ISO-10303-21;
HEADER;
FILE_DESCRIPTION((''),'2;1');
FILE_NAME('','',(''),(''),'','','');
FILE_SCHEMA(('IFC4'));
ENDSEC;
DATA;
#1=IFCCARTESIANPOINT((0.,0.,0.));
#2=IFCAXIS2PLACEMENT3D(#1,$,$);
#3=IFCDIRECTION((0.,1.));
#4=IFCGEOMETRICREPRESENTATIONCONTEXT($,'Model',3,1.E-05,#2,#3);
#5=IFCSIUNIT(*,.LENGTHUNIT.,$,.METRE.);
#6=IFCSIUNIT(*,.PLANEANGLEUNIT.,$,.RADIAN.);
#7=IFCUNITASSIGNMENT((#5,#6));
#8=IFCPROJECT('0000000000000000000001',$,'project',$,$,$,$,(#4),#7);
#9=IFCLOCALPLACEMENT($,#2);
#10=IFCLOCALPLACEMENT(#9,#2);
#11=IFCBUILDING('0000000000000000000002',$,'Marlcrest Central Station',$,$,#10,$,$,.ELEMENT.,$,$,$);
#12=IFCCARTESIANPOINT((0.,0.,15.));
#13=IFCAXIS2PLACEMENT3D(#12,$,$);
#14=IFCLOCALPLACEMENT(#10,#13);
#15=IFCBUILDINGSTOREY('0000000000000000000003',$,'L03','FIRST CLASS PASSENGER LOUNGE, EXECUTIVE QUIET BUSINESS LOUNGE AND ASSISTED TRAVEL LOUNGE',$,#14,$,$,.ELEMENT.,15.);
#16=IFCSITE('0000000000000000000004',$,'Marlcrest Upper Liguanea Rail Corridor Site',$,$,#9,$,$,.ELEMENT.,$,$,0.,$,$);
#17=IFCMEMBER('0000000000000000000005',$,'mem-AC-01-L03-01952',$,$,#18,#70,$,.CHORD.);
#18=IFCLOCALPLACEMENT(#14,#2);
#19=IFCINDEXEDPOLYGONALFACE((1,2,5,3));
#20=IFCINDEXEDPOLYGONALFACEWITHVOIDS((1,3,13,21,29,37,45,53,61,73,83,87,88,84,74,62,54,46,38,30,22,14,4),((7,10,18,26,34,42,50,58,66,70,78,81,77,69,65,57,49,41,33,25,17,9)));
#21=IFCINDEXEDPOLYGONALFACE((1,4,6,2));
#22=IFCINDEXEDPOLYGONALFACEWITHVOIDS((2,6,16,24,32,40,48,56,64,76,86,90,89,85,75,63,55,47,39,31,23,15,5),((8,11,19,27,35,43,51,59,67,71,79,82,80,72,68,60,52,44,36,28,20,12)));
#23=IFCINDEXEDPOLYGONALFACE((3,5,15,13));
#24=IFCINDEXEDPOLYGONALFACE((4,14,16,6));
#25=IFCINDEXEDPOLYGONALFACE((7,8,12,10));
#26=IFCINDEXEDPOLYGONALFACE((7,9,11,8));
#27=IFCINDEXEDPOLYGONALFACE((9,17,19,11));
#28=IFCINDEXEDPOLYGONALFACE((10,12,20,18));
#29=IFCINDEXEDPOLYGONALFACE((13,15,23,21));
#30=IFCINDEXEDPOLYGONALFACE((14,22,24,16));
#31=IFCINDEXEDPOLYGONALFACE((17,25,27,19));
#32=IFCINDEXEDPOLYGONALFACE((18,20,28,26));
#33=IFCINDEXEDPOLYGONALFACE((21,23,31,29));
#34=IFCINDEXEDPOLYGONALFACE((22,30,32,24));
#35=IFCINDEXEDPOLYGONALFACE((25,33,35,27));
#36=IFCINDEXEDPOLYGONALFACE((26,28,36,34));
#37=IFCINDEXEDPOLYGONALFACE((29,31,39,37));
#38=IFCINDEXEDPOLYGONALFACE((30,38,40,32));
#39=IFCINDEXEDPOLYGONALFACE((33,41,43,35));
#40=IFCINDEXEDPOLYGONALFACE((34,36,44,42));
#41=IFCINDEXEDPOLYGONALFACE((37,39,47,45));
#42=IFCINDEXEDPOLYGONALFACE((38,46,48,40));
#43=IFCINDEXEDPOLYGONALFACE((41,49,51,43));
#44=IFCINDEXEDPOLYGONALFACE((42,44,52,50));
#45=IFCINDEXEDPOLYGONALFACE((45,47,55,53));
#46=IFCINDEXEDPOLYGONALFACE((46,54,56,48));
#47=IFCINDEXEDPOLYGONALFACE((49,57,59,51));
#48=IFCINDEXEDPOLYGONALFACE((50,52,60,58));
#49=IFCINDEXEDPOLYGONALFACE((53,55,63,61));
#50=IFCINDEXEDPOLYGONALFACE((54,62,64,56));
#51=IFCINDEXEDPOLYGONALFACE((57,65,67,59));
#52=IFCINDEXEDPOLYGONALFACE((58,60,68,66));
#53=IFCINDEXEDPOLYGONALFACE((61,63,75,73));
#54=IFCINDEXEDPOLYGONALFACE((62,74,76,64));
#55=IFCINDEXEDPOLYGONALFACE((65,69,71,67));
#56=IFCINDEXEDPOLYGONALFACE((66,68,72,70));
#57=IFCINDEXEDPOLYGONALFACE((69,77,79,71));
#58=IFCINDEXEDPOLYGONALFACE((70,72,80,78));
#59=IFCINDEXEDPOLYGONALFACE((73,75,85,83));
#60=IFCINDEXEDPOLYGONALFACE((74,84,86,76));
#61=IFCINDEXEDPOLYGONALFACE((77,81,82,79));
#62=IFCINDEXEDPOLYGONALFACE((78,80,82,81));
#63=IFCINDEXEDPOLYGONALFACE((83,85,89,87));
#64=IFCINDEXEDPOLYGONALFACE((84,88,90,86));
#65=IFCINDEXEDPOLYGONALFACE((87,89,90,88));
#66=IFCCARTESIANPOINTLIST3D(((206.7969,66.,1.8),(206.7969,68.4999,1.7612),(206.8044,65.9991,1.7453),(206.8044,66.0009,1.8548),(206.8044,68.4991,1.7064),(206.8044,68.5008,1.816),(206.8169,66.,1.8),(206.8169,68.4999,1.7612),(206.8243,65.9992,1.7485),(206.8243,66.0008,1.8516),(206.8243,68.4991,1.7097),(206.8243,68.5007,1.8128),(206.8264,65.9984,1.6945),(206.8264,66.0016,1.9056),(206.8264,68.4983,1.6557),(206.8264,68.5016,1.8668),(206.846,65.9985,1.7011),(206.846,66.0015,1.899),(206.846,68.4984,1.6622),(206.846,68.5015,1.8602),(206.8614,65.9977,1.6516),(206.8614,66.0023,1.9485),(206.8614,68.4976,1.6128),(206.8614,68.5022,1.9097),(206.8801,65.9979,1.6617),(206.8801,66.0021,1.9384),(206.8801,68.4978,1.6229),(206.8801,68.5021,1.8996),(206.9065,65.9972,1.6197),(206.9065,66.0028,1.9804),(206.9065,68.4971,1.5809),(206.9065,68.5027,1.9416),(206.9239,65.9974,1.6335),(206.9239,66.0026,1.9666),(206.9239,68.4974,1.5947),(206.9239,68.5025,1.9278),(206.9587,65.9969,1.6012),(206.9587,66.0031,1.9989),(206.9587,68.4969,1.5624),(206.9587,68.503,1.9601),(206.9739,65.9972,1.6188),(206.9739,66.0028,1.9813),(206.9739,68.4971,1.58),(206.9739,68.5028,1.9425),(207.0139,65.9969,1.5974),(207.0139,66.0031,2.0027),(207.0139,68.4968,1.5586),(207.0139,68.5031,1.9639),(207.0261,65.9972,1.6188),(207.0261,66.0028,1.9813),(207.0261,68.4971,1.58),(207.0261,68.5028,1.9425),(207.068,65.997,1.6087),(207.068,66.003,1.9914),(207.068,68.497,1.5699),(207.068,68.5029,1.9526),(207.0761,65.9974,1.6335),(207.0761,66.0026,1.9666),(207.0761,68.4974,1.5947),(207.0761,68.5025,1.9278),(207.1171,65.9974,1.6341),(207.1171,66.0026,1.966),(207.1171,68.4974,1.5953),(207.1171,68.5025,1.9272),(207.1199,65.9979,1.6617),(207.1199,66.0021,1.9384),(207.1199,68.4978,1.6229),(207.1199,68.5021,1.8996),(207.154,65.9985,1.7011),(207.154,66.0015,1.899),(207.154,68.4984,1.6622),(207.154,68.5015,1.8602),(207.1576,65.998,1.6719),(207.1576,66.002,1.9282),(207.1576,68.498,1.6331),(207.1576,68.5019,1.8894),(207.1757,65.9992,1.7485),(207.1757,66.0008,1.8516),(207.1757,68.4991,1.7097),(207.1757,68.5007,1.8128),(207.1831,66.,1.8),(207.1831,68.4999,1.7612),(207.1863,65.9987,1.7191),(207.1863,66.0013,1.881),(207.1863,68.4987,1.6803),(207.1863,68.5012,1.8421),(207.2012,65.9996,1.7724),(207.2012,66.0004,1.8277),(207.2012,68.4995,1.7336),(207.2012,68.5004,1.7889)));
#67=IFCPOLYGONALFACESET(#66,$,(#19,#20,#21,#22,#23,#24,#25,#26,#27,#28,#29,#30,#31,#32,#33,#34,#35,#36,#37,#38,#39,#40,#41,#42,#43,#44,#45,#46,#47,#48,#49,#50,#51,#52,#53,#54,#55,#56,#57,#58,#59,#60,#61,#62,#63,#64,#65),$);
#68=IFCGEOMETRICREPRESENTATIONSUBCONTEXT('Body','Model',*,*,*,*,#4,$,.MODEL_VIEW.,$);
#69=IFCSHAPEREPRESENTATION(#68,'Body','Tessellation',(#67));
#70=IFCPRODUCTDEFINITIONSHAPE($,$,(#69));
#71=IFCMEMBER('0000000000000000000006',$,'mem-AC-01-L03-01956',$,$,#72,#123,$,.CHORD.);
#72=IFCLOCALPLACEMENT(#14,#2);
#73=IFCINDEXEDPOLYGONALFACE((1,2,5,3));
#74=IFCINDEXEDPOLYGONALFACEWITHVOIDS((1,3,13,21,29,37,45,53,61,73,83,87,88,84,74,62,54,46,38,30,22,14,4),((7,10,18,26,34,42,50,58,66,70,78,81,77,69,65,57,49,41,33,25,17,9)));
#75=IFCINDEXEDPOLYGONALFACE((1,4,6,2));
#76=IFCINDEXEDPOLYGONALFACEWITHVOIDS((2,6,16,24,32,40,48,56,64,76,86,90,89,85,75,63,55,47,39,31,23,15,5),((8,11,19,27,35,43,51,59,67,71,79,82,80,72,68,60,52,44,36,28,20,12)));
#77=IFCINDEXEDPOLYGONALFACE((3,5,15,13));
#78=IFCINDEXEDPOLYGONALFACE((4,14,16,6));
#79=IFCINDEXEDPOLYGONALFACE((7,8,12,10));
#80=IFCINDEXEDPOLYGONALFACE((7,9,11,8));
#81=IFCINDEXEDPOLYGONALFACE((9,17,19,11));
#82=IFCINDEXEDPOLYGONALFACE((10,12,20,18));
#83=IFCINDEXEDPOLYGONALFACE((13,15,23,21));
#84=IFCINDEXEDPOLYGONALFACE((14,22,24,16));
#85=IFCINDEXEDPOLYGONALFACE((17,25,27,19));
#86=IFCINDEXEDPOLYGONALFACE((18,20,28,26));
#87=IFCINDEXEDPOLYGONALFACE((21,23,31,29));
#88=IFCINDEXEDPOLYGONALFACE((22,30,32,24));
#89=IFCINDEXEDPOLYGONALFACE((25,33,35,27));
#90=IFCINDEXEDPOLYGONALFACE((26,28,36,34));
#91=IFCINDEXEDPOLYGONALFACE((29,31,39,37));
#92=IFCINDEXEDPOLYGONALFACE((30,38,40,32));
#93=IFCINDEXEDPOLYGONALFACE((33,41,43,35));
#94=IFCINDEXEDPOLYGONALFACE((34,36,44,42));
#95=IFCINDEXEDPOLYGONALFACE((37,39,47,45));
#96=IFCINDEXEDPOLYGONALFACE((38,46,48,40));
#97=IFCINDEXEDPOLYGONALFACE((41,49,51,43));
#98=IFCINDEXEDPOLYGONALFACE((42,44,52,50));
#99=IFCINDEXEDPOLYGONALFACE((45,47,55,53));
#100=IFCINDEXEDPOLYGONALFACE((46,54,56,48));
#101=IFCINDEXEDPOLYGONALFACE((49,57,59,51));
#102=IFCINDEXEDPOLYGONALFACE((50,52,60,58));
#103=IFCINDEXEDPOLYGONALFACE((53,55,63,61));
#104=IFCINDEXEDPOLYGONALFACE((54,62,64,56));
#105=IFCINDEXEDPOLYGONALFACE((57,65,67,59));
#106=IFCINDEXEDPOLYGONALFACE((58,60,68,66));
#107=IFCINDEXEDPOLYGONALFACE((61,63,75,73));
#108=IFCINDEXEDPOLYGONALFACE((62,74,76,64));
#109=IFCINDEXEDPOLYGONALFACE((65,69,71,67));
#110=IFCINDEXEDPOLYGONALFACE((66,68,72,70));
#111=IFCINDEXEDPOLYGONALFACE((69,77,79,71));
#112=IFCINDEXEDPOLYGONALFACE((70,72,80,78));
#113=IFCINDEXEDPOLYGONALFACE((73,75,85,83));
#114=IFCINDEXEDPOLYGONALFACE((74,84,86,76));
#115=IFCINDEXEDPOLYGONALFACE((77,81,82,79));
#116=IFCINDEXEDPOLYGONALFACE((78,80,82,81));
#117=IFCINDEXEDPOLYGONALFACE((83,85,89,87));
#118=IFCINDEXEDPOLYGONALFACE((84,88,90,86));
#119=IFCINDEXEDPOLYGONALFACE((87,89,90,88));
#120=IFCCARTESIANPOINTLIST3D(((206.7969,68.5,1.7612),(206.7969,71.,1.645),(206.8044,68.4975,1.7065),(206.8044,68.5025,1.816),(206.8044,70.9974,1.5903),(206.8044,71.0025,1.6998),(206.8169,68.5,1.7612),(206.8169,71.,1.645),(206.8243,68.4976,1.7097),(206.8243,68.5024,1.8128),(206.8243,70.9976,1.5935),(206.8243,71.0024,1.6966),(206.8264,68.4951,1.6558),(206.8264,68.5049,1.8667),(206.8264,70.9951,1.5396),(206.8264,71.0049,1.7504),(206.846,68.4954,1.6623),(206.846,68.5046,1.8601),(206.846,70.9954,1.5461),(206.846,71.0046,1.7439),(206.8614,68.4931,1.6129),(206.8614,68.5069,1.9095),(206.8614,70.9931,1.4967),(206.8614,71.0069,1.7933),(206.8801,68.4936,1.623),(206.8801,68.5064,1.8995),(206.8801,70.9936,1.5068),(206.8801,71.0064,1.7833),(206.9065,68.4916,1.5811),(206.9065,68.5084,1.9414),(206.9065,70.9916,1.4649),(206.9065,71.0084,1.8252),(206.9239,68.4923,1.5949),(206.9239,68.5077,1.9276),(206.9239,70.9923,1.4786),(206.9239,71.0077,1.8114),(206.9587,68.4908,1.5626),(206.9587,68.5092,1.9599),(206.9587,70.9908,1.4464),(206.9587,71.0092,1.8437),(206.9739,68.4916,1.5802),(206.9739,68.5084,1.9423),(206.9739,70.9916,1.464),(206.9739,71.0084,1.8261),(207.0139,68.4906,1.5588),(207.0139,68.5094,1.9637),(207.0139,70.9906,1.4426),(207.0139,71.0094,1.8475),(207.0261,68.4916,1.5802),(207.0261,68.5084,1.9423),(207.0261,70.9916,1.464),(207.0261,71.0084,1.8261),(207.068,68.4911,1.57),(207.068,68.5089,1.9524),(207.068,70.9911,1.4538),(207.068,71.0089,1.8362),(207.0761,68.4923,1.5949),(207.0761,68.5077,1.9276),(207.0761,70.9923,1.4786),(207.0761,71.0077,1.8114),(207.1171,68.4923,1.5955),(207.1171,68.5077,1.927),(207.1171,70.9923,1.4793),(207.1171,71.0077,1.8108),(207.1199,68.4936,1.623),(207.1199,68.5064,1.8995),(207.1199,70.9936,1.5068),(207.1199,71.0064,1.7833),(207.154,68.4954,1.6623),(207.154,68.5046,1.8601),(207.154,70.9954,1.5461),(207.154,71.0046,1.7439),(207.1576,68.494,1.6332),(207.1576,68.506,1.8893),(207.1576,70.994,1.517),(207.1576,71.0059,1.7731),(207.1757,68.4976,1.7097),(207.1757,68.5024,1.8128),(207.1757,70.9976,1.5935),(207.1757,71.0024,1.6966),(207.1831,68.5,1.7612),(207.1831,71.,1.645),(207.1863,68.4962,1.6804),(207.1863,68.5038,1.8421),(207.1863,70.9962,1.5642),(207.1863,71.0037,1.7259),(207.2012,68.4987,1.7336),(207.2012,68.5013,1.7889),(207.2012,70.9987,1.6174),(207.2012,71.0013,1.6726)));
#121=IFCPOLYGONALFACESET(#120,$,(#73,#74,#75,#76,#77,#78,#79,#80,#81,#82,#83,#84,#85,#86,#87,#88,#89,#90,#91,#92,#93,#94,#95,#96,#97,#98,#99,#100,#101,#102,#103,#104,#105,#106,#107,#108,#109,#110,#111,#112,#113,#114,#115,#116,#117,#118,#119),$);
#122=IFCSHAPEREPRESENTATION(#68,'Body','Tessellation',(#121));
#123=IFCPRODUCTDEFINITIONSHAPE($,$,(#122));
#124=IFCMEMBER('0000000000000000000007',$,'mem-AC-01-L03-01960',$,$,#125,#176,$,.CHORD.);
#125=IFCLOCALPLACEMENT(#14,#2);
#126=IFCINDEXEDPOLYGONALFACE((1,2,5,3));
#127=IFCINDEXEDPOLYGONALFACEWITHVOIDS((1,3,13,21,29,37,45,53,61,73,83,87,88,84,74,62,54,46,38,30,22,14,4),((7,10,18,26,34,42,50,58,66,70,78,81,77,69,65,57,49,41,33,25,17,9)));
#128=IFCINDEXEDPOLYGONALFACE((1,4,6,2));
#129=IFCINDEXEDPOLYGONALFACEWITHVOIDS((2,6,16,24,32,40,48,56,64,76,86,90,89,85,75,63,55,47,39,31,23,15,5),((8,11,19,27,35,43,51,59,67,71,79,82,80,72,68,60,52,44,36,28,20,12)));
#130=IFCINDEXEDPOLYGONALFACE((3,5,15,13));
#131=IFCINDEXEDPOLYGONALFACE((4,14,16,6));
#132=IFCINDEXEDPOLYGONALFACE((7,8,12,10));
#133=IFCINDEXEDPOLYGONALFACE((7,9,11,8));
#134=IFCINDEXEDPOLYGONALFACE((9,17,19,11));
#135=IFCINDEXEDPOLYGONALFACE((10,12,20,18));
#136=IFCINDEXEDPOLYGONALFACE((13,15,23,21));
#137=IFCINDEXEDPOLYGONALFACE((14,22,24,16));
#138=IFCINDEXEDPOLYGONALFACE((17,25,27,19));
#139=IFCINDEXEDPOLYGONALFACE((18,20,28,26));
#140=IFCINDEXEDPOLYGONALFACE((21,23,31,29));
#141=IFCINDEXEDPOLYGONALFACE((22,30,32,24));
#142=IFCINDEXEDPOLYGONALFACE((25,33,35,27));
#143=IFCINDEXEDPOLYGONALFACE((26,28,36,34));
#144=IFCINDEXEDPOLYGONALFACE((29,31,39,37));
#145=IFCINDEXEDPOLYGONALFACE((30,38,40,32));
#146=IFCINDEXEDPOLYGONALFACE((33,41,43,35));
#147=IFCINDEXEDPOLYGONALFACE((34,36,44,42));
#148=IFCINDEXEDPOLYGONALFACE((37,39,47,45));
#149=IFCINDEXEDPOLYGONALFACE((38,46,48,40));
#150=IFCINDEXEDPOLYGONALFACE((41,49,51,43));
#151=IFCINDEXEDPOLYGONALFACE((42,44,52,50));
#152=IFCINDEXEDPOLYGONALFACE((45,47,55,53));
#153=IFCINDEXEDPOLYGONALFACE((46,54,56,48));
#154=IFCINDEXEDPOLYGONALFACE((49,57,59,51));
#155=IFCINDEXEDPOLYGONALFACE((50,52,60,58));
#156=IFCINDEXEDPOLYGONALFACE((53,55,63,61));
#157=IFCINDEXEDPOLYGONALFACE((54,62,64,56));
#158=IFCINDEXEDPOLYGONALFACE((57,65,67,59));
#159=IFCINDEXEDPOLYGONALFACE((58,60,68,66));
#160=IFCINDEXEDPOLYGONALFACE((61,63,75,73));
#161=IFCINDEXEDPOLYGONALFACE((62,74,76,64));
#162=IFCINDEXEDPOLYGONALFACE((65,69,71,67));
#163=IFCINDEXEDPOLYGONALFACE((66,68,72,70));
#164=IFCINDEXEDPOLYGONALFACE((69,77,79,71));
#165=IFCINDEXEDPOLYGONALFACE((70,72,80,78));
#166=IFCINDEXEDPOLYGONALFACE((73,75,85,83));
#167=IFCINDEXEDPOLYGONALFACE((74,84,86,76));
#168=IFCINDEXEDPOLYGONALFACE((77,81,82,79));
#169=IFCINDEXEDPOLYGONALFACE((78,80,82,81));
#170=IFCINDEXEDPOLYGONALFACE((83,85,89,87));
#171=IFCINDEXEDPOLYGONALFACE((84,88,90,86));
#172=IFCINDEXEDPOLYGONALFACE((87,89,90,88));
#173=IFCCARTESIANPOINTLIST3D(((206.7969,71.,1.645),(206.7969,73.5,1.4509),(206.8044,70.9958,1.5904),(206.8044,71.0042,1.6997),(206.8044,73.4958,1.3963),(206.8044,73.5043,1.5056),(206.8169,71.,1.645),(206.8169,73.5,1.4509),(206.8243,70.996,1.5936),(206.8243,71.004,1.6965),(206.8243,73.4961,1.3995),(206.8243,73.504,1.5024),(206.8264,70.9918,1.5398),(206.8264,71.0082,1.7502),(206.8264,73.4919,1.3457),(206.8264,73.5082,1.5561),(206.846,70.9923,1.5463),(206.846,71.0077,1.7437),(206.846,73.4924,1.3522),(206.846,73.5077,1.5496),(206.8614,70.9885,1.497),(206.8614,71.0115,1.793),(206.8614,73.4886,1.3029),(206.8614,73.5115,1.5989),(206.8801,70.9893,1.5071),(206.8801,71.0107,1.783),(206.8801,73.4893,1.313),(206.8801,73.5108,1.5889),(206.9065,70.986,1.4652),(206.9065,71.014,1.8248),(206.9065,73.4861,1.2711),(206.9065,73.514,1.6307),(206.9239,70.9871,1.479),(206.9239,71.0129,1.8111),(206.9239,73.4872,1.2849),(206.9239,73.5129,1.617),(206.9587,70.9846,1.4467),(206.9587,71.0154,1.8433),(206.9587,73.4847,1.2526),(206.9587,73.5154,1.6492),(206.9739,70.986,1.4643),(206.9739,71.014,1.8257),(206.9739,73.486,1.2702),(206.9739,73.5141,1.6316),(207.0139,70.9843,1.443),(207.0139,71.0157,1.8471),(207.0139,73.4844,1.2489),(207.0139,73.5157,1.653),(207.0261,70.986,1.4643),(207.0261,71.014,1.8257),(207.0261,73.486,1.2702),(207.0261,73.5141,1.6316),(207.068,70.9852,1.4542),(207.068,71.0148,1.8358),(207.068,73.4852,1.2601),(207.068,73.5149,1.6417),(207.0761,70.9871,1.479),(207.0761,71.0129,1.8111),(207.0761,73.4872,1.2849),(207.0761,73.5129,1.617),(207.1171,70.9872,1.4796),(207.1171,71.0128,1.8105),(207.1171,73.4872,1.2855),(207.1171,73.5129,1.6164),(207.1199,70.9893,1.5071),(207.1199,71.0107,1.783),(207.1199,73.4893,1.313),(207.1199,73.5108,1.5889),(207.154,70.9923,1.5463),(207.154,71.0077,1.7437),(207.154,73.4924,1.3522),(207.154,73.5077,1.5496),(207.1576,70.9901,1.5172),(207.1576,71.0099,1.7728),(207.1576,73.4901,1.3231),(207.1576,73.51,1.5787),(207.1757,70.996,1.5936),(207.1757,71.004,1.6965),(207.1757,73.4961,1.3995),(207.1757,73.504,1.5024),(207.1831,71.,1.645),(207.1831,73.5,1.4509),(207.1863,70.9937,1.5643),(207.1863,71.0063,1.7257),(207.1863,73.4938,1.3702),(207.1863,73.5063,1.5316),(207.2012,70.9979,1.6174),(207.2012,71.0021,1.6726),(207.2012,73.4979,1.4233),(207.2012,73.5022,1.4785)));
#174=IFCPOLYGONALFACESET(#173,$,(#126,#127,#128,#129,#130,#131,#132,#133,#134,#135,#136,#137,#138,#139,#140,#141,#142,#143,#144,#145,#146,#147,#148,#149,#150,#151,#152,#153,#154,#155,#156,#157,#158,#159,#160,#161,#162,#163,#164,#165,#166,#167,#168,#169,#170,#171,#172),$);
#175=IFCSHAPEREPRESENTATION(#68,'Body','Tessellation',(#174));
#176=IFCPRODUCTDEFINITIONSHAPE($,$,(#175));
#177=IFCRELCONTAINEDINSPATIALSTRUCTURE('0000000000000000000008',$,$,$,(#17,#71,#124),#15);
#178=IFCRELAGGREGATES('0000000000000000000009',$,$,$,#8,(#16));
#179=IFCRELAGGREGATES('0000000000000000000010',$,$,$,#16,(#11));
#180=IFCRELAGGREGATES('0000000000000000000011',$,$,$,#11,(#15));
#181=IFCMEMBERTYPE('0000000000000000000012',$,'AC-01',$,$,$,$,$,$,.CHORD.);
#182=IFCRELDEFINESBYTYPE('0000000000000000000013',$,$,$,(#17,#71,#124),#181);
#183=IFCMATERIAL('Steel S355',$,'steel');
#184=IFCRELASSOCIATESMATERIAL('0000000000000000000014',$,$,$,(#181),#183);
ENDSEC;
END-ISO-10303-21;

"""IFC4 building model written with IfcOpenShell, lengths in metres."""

from ifc_helpers import new_model, si_unit, direction, frame, origin, origin_2d, place, context, subcontext, project, spatial, hollow_circle, extrude, material, material_profile, profile_set, type_object, element, save


model = new_model("IFC4")

# Units and contexts
model_context = context("Model", 3, precision=1e-05, world=origin(), true_north=direction((0.0, 1.0)))
body_context = subcontext(model_context, "Body", "Model", "MODEL_VIEW")
ifc_project = project(units=[si_unit("LENGTHUNIT", "METRE"), si_unit("PLANEANGLEUNIT", "RADIAN")], contexts=[model_context])

# Site, building, storey
site_placement = place(None, origin())
site = spatial("IfcSite", under=ifc_project, at=site_placement, Name="Marlcrest Upper Liguanea Rail Corridor Site", CompositionType="ELEMENT", RefElevation=0.0)
building_placement = place(site_placement, origin())
building = spatial("IfcBuilding", under=site, at=building_placement, Name="Marlcrest Central Station", CompositionType="ELEMENT")
storey_placement = place(building_placement, frame((0.0, 0.0, 15.0)))
storey = spatial("IfcBuildingStorey", under=building, at=storey_placement, Name="L03", Description="FIRST CLASS PASSENGER LOUNGE, EXECUTIVE QUIET BUSINESS LOUNGE AND ASSISTED TRAVEL LOUNGE", CompositionType="ELEMENT", Elevation=15.0)

# Members
ifc_material_1 = material(Name="Steel S355", Category="steel")
ifc_material_profile_1 = material_profile(ifc_material_1, hollow_circle(Radius=0.2031, WallThickness=0.02, at=origin_2d()), Name="CHS 406.4x20")
ifc_profile_set_1 = profile_set([ifc_material_profile_1], Name="Steel S355")
member_type_1 = type_object("IfcMemberType", Name="AC-01", PredefinedType="CHORD", material=ifc_profile_set_1)
member_1_placement = place(storey_placement, frame((207.0, 66.0, 1.8), z_axis=(0.0, 0.999879, -0.015525), x_axis=(-1.0, 0.0, 0.0)))
element("IfcMember", 1, at=member_1_placement, inside=storey, type_object=member_type_1, Name="mem-AC-01-L03-01952", PredefinedType="CHORD", context=body_context, shape_type="SweptSolid", body=[
    extrude(hollow_circle(Radius=0.2031, WallThickness=0.02, at=origin_2d()), origin(), (0.0, 0.0, 1.0), 2.5002),
])
member_2_placement = place(storey_placement, frame((207.0, 68.5, 1.7612), z_axis=(0.0, 0.998921, -0.046434), x_axis=(-1.0, 0.0, 0.0)))
element("IfcMember", 2, at=member_2_placement, inside=storey, type_object=member_type_1, Name="mem-AC-01-L03-01956", PredefinedType="CHORD", context=body_context, shape_type="SweptSolid", body=[
    extrude(hollow_circle(Radius=0.2031, WallThickness=0.02, at=origin_2d()), origin(), (0.0, 0.0, 1.0), 2.5027),
])
member_3_placement = place(storey_placement, frame((207.0, 71.0, 1.645), z_axis=(0.0, 0.997, -0.077404), x_axis=(-1.0, 0.0, 0.0)))
element("IfcMember", 3, at=member_3_placement, inside=storey, type_object=member_type_1, Name="mem-AC-01-L03-01960", PredefinedType="CHORD", context=body_context, shape_type="SweptSolid", body=[
    extrude(hollow_circle(Radius=0.2031, WallThickness=0.02, at=origin_2d()), origin(), (0.0, 0.0, 1.0), 2.5076),
])

save(model, "model.ifc")
